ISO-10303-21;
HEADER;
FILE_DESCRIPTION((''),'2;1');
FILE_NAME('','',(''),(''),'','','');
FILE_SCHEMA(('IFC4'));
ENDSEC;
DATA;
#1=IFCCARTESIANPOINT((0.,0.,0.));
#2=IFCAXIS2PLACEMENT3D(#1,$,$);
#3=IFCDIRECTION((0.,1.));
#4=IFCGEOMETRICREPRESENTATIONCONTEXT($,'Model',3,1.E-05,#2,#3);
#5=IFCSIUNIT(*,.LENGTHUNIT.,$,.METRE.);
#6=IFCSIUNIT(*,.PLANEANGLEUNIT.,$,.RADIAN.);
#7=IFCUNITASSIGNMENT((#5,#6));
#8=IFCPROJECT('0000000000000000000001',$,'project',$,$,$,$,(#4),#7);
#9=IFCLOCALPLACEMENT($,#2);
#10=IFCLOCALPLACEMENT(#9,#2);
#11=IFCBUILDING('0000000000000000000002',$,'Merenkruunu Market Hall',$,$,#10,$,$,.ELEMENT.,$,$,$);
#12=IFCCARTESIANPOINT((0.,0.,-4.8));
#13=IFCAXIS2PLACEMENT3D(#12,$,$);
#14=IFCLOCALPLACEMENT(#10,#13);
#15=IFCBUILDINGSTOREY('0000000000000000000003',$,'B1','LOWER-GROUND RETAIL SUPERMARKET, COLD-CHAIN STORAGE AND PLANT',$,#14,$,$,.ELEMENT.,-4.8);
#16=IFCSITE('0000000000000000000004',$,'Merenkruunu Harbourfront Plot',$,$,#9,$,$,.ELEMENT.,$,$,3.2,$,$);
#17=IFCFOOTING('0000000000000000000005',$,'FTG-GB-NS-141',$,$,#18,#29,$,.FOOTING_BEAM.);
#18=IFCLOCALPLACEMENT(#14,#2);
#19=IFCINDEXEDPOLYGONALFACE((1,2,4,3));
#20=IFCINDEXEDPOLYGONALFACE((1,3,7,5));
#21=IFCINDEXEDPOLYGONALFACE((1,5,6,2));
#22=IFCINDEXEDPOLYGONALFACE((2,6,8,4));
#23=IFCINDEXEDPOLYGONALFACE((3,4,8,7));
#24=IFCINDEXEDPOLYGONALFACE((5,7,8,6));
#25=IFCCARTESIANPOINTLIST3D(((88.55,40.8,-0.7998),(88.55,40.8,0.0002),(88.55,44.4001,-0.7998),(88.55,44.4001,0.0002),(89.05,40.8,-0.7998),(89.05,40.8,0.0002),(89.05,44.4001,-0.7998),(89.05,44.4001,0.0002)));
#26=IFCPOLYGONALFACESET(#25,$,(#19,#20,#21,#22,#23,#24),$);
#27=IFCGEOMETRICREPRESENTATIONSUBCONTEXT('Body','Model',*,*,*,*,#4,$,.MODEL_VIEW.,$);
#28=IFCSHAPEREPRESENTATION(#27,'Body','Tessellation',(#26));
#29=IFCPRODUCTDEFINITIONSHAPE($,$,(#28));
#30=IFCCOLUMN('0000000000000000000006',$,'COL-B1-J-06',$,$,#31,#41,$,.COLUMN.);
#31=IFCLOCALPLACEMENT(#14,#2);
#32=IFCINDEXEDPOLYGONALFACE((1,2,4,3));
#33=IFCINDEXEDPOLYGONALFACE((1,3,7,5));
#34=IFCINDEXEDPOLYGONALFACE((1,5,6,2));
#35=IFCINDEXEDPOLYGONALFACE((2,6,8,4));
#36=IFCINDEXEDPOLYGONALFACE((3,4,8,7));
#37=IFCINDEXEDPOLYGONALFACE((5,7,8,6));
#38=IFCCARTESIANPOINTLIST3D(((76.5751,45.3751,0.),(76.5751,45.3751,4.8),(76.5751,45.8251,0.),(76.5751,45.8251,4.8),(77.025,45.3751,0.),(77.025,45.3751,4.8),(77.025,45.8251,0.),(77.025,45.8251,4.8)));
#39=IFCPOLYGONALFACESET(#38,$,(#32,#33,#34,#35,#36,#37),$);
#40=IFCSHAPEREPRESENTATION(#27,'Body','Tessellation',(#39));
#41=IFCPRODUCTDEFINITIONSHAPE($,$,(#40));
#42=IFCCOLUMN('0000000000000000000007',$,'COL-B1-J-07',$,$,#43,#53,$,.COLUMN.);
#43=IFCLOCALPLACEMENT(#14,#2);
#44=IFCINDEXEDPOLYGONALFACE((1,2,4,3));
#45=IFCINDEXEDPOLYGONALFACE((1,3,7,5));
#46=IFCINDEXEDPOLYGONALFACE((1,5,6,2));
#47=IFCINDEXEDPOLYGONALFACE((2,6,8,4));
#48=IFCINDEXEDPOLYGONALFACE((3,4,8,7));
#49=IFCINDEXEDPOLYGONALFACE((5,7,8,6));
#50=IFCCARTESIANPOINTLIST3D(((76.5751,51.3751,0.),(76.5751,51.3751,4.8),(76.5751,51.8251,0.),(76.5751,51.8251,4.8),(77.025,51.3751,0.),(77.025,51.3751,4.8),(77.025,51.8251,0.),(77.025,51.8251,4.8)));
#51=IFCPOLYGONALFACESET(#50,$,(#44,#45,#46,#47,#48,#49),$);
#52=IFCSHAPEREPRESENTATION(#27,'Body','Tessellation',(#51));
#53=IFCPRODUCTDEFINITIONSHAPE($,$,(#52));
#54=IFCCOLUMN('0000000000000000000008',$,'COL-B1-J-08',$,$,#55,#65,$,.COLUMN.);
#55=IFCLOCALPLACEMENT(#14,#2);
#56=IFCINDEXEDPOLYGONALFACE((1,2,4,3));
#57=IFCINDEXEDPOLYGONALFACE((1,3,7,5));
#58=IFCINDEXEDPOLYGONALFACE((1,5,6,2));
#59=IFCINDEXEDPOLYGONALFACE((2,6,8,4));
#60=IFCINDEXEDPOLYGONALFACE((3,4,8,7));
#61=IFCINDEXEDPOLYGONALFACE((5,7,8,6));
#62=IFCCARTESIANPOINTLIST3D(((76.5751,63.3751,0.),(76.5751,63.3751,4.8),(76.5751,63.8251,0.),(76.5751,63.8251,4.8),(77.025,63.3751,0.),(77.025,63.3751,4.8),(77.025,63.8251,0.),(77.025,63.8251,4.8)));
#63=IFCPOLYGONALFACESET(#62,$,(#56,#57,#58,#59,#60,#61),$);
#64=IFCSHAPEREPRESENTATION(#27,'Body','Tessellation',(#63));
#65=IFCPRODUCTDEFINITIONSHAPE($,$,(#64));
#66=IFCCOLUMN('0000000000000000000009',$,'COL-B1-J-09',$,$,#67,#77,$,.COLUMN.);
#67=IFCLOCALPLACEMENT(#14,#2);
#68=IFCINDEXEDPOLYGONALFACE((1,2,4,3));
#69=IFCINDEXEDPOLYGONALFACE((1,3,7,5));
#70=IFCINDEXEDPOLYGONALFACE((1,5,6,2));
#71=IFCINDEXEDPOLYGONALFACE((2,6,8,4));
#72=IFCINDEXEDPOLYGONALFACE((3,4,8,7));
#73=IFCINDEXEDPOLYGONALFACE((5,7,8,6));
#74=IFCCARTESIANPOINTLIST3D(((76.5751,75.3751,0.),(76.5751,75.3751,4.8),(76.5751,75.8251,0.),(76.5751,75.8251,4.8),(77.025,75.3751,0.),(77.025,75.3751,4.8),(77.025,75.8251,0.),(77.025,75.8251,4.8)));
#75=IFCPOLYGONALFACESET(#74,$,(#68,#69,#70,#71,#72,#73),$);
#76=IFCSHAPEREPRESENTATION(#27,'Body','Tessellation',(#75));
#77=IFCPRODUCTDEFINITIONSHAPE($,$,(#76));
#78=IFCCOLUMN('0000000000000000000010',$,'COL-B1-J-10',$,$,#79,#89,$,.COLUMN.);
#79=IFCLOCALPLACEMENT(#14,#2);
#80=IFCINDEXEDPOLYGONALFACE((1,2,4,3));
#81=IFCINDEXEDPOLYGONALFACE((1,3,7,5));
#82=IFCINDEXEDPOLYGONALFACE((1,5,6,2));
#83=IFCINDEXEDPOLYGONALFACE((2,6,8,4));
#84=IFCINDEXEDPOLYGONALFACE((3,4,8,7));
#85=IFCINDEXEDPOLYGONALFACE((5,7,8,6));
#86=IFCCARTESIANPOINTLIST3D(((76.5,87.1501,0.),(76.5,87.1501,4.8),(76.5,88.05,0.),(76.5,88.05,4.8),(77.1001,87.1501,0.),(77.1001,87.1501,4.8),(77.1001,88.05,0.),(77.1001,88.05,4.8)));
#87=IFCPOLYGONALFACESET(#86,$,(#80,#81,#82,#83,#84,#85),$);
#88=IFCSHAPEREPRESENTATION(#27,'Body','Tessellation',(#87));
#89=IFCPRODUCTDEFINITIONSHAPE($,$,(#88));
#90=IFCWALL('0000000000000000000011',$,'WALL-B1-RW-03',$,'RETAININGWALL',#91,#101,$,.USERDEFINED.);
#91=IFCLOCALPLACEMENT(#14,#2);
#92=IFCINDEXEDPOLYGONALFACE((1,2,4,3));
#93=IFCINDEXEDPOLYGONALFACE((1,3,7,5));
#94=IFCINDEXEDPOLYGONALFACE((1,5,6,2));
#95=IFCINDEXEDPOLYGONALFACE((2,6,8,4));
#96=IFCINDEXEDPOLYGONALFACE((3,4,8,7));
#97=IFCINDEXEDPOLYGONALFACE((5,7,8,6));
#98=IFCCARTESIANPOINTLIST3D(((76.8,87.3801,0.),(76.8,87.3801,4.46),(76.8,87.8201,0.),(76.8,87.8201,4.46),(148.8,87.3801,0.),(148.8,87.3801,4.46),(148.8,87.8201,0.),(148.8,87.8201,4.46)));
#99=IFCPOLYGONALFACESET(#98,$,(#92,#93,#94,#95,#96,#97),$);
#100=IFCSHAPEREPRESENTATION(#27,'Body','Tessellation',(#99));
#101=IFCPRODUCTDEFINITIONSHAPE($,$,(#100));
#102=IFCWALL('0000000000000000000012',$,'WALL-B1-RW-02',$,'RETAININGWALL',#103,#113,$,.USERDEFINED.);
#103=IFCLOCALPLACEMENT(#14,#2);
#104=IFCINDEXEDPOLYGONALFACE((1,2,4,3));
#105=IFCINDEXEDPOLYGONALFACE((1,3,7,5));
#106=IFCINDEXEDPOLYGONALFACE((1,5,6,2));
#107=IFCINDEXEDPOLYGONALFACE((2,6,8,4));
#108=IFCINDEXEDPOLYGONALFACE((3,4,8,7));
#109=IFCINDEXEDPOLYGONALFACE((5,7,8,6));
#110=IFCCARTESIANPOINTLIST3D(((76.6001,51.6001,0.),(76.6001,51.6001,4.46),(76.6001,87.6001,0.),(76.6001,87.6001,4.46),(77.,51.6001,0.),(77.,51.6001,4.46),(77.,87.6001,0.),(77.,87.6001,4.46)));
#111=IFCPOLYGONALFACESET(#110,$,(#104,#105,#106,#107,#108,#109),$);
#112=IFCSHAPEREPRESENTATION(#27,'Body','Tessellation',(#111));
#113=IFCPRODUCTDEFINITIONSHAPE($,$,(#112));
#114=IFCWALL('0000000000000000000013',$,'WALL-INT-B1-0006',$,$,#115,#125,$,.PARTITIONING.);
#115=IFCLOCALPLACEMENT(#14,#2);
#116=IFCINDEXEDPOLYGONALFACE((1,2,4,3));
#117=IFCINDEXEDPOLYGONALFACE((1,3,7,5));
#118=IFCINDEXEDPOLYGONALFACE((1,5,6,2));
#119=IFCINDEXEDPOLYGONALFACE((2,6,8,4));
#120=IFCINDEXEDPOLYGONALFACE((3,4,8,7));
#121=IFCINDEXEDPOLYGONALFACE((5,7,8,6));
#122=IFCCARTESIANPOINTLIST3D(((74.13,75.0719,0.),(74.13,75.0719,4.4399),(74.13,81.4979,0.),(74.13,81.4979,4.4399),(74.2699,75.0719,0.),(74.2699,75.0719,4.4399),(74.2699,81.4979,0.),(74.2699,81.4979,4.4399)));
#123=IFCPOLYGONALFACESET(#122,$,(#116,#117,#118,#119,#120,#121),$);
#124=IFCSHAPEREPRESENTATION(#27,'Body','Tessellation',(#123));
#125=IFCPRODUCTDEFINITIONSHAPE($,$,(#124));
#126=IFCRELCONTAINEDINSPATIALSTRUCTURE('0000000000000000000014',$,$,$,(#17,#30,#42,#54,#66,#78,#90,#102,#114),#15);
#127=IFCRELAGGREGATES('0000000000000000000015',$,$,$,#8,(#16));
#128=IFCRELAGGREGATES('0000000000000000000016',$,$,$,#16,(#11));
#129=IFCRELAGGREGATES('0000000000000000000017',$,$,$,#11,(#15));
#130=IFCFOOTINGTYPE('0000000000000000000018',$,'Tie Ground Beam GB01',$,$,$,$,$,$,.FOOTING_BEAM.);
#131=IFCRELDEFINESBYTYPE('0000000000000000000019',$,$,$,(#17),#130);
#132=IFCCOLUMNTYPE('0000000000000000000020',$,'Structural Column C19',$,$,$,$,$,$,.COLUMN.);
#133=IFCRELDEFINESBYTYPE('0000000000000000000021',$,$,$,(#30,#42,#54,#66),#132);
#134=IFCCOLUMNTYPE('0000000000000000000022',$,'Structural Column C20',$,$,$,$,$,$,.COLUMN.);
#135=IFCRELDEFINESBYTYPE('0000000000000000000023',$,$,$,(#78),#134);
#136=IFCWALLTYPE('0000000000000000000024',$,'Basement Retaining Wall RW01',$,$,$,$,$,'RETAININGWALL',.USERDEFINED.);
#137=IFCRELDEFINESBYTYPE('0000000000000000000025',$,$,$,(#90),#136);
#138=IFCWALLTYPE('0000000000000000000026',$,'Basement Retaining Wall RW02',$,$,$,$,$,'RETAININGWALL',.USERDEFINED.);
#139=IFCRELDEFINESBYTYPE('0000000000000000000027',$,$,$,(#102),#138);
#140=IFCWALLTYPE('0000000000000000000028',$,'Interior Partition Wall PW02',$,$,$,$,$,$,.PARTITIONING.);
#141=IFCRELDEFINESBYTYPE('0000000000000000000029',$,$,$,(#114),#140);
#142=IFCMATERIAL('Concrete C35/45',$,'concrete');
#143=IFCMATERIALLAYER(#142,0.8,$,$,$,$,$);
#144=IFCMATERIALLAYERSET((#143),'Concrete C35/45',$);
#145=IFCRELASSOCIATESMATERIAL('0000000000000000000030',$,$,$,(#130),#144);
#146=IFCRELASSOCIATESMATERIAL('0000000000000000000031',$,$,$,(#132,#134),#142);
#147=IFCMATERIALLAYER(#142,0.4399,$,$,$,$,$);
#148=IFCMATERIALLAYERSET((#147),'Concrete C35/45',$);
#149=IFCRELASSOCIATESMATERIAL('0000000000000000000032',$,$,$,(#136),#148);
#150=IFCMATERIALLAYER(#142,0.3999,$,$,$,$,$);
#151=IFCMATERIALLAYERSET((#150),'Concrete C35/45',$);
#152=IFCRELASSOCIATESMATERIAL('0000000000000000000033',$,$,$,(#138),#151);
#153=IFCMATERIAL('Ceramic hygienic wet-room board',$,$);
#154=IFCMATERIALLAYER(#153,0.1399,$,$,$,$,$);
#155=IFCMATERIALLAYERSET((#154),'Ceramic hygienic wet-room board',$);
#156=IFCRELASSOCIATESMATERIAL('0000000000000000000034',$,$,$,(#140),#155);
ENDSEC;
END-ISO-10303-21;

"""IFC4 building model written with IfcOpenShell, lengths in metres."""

from ifc_helpers import new_model, si_unit, direction, frame, frame_2d, origin, origin_2d, place, context, subcontext, project, spatial, rectangle, extrude, material, layer, layer_set, material_profile, profile_set, type_object, element, save


model = new_model("IFC4")

# Units and contexts
model_context = context("Model", 3, precision=1e-05, world=origin(), true_north=direction((0.0, 1.0)))
body_context = subcontext(model_context, "Body", "Model", "MODEL_VIEW")
ifc_project = project(units=[si_unit("LENGTHUNIT", "METRE"), si_unit("PLANEANGLEUNIT", "RADIAN")], contexts=[model_context])

# Site, building, storey
site_placement = place(None, origin())
site = spatial("IfcSite", under=ifc_project, at=site_placement, Name="Merenkruunu Harbourfront Plot", CompositionType="ELEMENT", RefElevation=3.2)
building_placement = place(site_placement, origin())
building = spatial("IfcBuilding", under=site, at=building_placement, Name="Merenkruunu Market Hall", CompositionType="ELEMENT")
storey_placement = place(building_placement, frame((0.0, 0.0, -4.8)))
storey = spatial("IfcBuildingStorey", under=building, at=storey_placement, Name="B1", Description="LOWER-GROUND RETAIL SUPERMARKET, COLD-CHAIN STORAGE AND PLANT", CompositionType="ELEMENT", Elevation=-4.8)

# Shared definitions
ifc_material_1 = material(Name="Concrete C35/45", Category="concrete")

# Footing
ifc_layer_1 = layer(ifc_material_1, 0.8)
ifc_layer_set_1 = layer_set([ifc_layer_1], Name="Concrete C35/45")
footing_type_1 = type_object("IfcFootingType", Name="Tie Ground Beam GB01", PredefinedType="FOOTING_BEAM", material=ifc_layer_set_1)
footing_1_placement = place(storey_placement, frame((88.8, 42.6001, -0.7998), z_axis=(0.0, 0.0, 1.0), x_axis=(0.0, 1.0, 0.0)))
element("IfcFooting", 1, at=footing_1_placement, inside=storey, type_object=footing_type_1, Name="FTG-GB-NS-141", PredefinedType="FOOTING_BEAM", context=body_context, shape_type="SweptSolid", body=[
    extrude(rectangle(XDim=3.6001, YDim=0.5, at=origin_2d()), origin(), (0.0, 0.0, 1.0), 0.8),
])

# Columns
ifc_material_profile_1 = material_profile(ifc_material_1, rectangle(XDim=0.45, YDim=0.45, at=origin_2d()), Name="RC 450x450")
ifc_profile_set_1 = profile_set([ifc_material_profile_1], Name="Concrete C35/45")
column_type_1 = type_object("IfcColumnType", Name="Structural Column C19", PredefinedType="COLUMN", material=ifc_profile_set_1)
for number, where, z_axis, x_axis, name in (
    (2, (76.8, 45.6001, 0.0), (0.0, 0.0, 1.0), (1.0, 0.0, 0.0), "COL-B1-J-06"),
    (3, (76.8, 51.6001, 0.0), (0.0, 0.0, 1.0), (1.0, 0.0, 0.0), "COL-B1-J-07"),
    (4, (76.8, 63.6001, 0.0), (0.0, 0.0, 1.0), (1.0, 0.0, 0.0), "COL-B1-J-08"),
    (5, (76.8, 75.6001, 0.0), (0.0, 0.0, 1.0), (1.0, 0.0, 0.0), "COL-B1-J-09"),
):
    element("IfcColumn", number, at=place(storey_placement, frame(where, z_axis=z_axis, x_axis=x_axis)), inside=storey, type_object=column_type_1, Name=name, PredefinedType="COLUMN", context=body_context, shape_type="SweptSolid", body=[
        extrude(rectangle(XDim=0.45, YDim=0.45, at=origin_2d()), origin(), (0.0, 0.0, 1.0), 4.8),
    ])
ifc_material_profile_2 = material_profile(ifc_material_1, rectangle(XDim=0.6001, YDim=0.8999, at=origin_2d()), Name="RC 600x900")
ifc_profile_set_2 = profile_set([ifc_material_profile_2], Name="Concrete C35/45")
column_type_2 = type_object("IfcColumnType", Name="Structural Column C20", PredefinedType="COLUMN", material=ifc_profile_set_2)
column_placement = place(storey_placement, frame((76.8, 87.6001, 0.0), z_axis=(0.0, 0.0, 1.0), x_axis=(1.0, 0.0, 0.0)))
element("IfcColumn", 6, at=column_placement, inside=storey, type_object=column_type_2, Name="COL-B1-J-10", PredefinedType="COLUMN", context=body_context, shape_type="SweptSolid", body=[
    extrude(rectangle(XDim=0.6001, YDim=0.8999, at=origin_2d()), origin(), (0.0, 0.0, 1.0), 4.8),
])

# Walls
ifc_layer_2 = layer(ifc_material_1, 0.4399)
ifc_layer_set_2 = layer_set([ifc_layer_2], Name="Concrete C35/45")
wall_type_1 = type_object("IfcWallType", Name="Basement Retaining Wall RW01", ElementType="RETAININGWALL", PredefinedType="USERDEFINED", material=ifc_layer_set_2)
wall_1_placement = place(storey_placement, frame((76.8, 87.6001, 0.0), z_axis=(0.0, 0.0, 1.0), x_axis=(1.0, 0.0, 0.0)))
element("IfcWall", 7, at=wall_1_placement, inside=storey, type_object=wall_type_1, Name="WALL-B1-RW-03", ObjectType="RETAININGWALL", PredefinedType="USERDEFINED", context=body_context, shape_type="SweptSolid", body=[
    extrude(rectangle(XDim=72.0, YDim=0.4399, at=frame_2d((36.0, 0.0))), origin(), (0.0, 0.0, 1.0), 4.46),
])
ifc_layer_3 = layer(ifc_material_1, 0.3999)
ifc_layer_set_3 = layer_set([ifc_layer_3], Name="Concrete C35/45")
wall_type_2 = type_object("IfcWallType", Name="Basement Retaining Wall RW02", ElementType="RETAININGWALL", PredefinedType="USERDEFINED", material=ifc_layer_set_3)
wall_2_placement = place(storey_placement, frame((76.8, 51.6001, 0.0), z_axis=(0.0, 0.0, 1.0), x_axis=(0.0, 1.0, 0.0)))
element("IfcWall", 8, at=wall_2_placement, inside=storey, type_object=wall_type_2, Name="WALL-B1-RW-02", ObjectType="RETAININGWALL", PredefinedType="USERDEFINED", context=body_context, shape_type="SweptSolid", body=[
    extrude(rectangle(XDim=36.0, YDim=0.3999, at=frame_2d((18.0, 0.0))), origin(), (0.0, 0.0, 1.0), 4.46),
])
ifc_material_2 = material(Name="Ceramic hygienic wet-room board")
ifc_layer_4 = layer(ifc_material_2, 0.1399)
ifc_layer_set_4 = layer_set([ifc_layer_4], Name="Ceramic hygienic wet-room board")
wall_type_3 = type_object("IfcWallType", Name="Interior Partition Wall PW02", PredefinedType="PARTITIONING", material=ifc_layer_set_4)
wall_3_placement = place(storey_placement, frame((74.2, 75.072, 0.0), z_axis=(0.0, 0.0, 1.0), x_axis=(0.0, 1.0, 0.0)))
element("IfcWall", 9, at=wall_3_placement, inside=storey, type_object=wall_type_3, Name="WALL-INT-B1-0006", PredefinedType="PARTITIONING", context=body_context, shape_type="SweptSolid", body=[
    extrude(rectangle(XDim=6.426, YDim=0.1399, at=frame_2d((3.2129, 0.0))), origin(), (0.0, 0.0, 1.0), 4.4399),
])

save(model, "model.ifc")
